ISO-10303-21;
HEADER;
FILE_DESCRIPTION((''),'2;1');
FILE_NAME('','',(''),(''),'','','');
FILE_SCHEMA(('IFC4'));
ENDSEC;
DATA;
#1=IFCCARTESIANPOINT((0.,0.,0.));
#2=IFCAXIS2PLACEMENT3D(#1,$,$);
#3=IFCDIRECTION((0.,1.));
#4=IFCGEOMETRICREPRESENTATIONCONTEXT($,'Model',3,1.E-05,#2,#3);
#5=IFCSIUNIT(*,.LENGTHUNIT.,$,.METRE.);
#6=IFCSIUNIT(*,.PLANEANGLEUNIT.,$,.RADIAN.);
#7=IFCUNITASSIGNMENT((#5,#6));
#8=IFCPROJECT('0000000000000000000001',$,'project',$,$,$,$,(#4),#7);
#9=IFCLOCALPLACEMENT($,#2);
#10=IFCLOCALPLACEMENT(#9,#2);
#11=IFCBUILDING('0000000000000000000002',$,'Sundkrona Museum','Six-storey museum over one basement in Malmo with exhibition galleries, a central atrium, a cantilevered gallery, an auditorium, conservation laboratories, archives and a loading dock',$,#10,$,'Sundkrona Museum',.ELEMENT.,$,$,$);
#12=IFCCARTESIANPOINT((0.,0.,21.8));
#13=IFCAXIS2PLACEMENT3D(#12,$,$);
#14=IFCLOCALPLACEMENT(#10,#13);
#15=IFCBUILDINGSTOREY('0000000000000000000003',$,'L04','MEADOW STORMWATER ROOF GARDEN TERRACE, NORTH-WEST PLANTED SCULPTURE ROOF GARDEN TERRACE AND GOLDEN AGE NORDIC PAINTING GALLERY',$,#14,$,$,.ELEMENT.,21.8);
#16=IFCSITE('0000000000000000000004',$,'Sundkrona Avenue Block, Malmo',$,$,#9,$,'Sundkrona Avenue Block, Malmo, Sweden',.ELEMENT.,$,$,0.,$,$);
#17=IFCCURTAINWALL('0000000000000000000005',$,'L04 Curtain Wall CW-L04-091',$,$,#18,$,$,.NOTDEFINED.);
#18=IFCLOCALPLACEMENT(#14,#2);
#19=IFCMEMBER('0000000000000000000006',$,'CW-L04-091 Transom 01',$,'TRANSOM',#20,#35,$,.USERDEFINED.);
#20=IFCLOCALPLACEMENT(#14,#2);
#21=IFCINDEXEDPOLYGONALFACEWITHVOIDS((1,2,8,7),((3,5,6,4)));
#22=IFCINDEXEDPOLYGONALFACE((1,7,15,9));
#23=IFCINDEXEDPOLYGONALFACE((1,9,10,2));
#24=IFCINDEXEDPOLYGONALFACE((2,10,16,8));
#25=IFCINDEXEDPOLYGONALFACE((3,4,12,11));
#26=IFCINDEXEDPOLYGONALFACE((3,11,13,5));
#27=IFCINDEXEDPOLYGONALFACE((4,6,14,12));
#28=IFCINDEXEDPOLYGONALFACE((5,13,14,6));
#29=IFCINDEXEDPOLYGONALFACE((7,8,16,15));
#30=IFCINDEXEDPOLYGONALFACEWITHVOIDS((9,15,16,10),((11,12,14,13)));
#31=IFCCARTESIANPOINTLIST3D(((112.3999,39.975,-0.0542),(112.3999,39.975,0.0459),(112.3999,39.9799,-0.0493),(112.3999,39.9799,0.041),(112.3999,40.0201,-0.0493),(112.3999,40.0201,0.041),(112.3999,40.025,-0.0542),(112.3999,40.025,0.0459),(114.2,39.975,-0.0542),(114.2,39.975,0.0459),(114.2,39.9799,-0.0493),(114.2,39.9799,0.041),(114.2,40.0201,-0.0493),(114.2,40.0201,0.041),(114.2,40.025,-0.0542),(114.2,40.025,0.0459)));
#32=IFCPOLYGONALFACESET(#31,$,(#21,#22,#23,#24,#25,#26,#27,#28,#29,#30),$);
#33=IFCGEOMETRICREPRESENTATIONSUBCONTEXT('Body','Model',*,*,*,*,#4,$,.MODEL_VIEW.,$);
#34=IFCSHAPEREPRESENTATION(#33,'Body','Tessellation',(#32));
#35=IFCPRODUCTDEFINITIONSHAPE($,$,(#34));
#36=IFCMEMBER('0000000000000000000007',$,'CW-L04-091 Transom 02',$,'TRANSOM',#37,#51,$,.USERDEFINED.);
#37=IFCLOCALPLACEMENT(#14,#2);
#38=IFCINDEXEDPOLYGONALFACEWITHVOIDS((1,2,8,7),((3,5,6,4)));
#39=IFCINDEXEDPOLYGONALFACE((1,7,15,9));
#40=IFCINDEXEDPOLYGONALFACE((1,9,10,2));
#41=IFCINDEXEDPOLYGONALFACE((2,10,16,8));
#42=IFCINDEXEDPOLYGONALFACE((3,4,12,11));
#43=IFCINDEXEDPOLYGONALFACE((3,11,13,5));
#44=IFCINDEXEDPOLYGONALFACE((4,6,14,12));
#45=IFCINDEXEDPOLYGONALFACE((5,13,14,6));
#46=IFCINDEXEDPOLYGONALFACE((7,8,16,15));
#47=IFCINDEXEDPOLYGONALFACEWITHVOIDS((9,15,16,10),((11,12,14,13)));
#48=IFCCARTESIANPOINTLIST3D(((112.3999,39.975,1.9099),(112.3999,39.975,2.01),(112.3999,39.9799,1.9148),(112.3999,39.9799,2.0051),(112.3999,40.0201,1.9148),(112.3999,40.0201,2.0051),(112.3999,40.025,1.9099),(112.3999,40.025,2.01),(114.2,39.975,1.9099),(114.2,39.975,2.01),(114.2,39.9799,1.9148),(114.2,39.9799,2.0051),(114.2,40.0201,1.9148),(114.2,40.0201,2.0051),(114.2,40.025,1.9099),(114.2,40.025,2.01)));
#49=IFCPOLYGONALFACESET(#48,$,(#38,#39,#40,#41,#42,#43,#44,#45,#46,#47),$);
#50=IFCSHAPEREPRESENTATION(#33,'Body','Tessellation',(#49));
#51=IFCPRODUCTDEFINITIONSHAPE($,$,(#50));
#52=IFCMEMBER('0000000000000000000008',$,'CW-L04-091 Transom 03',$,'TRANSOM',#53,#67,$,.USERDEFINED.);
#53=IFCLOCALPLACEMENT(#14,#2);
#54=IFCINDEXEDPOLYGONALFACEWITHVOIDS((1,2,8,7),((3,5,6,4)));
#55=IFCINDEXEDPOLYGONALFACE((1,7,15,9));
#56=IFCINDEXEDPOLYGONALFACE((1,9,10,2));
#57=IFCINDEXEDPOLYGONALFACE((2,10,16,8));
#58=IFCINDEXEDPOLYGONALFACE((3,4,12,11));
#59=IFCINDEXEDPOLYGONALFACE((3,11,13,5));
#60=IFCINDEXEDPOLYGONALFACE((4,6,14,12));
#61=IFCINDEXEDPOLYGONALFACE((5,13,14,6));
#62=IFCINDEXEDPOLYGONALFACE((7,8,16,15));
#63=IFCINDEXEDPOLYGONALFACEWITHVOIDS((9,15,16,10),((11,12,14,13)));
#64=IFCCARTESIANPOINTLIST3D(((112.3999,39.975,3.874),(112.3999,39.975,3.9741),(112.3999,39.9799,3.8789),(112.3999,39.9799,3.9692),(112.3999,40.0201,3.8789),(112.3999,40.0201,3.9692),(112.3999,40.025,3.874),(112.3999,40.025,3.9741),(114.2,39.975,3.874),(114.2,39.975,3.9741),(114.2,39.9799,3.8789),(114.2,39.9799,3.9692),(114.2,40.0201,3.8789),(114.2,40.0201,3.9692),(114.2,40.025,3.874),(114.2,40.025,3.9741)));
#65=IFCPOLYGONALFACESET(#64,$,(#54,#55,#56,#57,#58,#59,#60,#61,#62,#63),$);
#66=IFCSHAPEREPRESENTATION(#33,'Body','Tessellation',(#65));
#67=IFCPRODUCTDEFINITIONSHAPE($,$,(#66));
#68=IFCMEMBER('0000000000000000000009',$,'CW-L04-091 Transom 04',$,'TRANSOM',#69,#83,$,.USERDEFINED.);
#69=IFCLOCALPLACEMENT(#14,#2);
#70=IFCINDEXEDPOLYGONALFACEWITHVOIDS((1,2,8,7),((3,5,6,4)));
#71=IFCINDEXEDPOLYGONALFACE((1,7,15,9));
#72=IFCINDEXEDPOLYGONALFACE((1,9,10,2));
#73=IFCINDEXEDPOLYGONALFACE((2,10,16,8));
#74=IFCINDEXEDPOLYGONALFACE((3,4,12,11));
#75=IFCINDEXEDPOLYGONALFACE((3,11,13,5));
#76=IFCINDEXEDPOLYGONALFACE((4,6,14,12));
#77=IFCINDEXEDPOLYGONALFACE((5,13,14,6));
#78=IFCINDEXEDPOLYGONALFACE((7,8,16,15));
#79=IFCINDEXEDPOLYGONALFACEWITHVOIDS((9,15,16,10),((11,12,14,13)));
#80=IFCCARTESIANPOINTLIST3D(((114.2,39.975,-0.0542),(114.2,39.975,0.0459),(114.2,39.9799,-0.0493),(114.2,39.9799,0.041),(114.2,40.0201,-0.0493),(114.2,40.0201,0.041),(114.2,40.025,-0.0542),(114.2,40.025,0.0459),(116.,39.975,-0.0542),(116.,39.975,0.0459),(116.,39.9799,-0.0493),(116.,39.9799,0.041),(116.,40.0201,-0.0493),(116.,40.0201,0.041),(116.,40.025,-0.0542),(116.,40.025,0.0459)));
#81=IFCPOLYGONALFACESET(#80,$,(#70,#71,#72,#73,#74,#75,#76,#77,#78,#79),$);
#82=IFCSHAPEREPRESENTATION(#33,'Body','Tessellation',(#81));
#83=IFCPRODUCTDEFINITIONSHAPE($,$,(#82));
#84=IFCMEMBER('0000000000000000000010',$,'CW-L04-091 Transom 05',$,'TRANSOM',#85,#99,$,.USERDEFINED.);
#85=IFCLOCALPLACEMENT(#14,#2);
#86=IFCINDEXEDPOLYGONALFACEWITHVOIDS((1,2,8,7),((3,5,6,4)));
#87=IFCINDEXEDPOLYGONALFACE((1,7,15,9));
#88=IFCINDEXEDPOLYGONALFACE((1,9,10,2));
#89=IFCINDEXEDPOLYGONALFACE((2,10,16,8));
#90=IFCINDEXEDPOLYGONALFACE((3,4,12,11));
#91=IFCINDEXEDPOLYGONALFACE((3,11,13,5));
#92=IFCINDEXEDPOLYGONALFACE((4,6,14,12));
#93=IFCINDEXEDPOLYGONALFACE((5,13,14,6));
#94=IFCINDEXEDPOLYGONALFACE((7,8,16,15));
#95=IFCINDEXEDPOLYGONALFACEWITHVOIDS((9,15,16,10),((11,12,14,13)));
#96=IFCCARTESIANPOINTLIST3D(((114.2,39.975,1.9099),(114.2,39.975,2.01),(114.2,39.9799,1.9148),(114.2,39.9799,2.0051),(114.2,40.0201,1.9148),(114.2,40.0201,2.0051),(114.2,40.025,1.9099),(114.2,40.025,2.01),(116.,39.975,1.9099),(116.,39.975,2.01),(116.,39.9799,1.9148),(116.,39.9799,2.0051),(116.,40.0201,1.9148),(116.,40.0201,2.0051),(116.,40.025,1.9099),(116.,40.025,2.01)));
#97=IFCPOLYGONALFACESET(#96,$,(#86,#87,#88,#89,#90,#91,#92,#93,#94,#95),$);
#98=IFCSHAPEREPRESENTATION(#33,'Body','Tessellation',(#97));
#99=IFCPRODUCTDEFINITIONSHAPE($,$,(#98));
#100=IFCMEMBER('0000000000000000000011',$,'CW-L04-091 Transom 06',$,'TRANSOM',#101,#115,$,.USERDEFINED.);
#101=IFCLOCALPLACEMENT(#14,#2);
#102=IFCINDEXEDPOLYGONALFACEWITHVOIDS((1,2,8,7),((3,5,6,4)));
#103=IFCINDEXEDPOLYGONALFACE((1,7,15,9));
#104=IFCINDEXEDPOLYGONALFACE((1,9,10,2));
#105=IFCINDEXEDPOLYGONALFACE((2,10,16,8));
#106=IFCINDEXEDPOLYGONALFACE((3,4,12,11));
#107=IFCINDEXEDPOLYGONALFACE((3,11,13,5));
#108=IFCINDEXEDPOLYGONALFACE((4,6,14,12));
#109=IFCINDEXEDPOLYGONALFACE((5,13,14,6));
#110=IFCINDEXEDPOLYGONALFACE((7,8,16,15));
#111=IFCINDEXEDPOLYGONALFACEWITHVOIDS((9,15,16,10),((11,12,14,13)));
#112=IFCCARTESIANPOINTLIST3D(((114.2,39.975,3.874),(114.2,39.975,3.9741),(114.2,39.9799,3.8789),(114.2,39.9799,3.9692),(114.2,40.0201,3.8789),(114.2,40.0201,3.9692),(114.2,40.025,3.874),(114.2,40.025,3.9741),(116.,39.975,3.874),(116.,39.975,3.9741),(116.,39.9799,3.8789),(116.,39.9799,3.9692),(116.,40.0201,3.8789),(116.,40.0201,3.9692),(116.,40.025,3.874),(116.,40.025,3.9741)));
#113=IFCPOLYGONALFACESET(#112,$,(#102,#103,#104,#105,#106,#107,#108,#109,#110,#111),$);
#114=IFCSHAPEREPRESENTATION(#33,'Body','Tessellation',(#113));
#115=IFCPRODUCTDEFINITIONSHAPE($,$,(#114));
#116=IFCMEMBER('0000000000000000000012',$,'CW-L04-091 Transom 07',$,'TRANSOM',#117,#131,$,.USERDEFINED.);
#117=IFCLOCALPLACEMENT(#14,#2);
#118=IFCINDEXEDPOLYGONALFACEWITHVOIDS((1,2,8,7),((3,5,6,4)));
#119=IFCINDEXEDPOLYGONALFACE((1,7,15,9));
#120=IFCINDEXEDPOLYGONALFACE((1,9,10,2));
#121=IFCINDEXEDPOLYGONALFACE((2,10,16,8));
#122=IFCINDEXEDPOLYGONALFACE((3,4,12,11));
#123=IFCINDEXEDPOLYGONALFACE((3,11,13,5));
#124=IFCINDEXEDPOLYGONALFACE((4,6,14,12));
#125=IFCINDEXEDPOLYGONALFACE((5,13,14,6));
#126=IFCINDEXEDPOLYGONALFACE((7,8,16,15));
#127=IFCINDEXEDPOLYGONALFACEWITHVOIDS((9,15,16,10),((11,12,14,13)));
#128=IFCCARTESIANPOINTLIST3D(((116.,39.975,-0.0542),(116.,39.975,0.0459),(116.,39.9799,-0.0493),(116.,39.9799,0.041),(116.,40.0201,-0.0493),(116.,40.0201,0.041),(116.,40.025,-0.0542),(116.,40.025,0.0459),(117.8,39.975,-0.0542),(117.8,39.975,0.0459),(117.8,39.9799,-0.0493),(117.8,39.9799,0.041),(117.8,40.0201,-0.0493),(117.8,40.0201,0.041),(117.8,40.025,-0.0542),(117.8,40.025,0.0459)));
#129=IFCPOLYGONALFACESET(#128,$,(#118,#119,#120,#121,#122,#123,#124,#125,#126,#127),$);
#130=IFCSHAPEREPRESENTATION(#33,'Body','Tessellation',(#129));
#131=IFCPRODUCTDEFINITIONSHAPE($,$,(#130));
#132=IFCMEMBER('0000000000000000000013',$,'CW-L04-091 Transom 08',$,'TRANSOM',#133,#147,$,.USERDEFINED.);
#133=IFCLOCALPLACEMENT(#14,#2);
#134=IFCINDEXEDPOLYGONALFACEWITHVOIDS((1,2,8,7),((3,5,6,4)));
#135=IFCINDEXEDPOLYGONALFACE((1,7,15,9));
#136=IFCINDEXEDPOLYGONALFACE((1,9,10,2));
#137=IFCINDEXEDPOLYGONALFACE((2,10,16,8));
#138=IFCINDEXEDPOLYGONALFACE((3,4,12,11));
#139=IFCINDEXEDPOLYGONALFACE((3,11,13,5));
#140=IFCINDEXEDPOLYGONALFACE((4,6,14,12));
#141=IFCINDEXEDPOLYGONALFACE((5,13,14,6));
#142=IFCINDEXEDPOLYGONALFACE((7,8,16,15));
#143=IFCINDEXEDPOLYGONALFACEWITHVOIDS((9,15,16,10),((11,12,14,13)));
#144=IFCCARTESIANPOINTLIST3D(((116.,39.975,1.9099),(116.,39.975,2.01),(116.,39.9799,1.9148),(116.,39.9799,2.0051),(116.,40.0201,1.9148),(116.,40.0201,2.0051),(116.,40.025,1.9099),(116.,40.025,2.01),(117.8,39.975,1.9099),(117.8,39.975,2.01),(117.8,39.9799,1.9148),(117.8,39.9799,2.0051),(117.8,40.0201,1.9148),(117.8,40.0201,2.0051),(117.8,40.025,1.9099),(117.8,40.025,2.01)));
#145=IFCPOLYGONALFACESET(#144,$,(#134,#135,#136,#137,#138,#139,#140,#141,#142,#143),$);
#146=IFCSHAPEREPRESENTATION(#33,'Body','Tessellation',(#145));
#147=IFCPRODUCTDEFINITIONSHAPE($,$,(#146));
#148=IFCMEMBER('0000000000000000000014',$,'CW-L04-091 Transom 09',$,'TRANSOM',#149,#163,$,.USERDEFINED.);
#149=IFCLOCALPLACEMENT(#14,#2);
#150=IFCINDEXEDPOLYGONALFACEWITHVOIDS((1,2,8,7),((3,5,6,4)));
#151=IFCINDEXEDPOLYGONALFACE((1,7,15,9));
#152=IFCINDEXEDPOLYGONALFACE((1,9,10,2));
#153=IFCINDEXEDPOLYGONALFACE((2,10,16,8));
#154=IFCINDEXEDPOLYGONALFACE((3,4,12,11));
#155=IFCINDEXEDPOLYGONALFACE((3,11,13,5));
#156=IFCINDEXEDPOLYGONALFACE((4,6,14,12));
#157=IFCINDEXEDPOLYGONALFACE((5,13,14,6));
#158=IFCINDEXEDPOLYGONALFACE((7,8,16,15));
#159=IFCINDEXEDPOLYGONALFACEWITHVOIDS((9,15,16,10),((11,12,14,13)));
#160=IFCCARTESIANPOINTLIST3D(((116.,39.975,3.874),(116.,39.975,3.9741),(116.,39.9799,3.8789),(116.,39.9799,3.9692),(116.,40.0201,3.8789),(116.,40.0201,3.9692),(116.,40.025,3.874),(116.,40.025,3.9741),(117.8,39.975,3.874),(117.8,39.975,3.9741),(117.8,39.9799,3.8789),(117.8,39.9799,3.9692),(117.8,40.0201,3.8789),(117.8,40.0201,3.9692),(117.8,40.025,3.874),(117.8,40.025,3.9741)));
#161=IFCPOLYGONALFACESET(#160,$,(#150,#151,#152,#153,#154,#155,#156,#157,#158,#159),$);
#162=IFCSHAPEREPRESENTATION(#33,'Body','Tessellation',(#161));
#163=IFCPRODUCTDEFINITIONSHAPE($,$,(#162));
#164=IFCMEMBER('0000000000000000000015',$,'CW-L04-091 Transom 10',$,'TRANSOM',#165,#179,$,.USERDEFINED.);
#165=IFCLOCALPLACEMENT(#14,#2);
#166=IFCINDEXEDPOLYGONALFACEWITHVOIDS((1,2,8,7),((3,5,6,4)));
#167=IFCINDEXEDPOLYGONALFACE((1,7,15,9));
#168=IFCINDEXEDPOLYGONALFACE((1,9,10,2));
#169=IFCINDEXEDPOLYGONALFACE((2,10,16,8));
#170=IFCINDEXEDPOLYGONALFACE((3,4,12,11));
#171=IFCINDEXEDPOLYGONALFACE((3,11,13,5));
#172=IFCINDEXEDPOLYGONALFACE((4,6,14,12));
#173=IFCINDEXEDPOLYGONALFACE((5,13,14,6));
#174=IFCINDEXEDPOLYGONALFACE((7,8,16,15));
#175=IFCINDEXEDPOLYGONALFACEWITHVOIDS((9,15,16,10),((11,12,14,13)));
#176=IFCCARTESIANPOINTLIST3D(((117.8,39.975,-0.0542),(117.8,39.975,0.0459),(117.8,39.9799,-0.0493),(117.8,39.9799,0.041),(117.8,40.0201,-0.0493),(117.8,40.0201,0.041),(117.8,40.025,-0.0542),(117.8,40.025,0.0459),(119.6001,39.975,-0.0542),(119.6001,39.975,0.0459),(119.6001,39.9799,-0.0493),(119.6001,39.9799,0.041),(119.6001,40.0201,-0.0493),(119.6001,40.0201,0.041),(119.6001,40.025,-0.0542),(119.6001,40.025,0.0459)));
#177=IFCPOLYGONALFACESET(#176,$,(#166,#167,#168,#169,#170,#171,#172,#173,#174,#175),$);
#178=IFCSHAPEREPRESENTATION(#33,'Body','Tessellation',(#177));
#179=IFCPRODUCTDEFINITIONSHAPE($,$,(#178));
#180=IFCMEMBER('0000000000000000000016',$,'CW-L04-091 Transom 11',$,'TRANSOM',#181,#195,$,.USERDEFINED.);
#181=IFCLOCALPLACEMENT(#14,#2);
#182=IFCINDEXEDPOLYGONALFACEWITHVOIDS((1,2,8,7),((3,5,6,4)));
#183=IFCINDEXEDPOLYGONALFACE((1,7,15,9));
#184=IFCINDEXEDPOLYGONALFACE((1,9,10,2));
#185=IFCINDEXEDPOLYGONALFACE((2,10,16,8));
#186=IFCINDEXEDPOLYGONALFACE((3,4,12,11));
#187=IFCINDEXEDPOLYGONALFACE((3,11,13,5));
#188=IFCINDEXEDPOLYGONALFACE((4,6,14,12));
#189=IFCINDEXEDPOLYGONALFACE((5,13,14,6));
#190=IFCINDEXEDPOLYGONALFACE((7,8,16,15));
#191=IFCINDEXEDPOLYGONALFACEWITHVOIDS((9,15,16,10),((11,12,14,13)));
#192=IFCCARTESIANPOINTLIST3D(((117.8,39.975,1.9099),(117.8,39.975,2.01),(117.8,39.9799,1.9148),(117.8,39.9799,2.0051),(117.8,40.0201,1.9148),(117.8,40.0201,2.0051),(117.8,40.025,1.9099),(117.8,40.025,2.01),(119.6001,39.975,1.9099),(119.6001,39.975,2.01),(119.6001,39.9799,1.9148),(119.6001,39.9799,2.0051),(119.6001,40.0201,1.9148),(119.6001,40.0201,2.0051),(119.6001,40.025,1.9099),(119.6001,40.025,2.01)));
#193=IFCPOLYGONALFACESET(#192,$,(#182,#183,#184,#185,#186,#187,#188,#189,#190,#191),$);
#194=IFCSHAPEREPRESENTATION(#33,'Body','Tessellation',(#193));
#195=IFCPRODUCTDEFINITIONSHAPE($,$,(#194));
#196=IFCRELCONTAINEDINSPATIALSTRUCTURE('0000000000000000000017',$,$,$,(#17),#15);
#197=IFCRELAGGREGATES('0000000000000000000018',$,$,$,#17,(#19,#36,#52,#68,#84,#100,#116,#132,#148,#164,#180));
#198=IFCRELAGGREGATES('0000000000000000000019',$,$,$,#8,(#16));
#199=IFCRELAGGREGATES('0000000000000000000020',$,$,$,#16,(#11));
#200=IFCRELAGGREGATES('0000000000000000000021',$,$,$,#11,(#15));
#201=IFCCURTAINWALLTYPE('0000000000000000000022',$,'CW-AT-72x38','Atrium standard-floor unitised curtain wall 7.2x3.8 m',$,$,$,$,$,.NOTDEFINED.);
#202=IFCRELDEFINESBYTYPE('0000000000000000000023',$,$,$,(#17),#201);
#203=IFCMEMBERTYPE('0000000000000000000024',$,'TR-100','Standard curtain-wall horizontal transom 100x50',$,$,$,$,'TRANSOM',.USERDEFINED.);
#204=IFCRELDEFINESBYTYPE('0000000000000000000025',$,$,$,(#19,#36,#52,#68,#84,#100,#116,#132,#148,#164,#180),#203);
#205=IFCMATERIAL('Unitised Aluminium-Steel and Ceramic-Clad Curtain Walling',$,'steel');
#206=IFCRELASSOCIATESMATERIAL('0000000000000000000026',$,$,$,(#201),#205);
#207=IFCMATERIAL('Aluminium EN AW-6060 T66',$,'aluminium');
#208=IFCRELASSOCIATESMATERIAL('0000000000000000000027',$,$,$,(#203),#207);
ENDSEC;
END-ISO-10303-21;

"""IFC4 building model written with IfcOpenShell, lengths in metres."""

from ifc_helpers import new_model, si_unit, direction, frame, origin, origin_2d, place, context, subcontext, project, spatial, hollow_rectangle, extrude, material, material_profile, profile_set, type_object, element, aggregate, save


model = new_model("IFC4")

# Units and contexts
model_context = context("Model", 3, precision=1e-05, world=origin(), true_north=direction((0.0, 1.0)))
body_context = subcontext(model_context, "Body", "Model", "MODEL_VIEW")
ifc_project = project(units=[si_unit("LENGTHUNIT", "METRE"), si_unit("PLANEANGLEUNIT", "RADIAN")], contexts=[model_context])

# Site, building, storey
site_placement = place(None, origin())
site = spatial("IfcSite", under=ifc_project, at=site_placement, Name="Sundkrona Avenue Block, Malmo", LongName="Sundkrona Avenue Block, Malmo, Sweden", CompositionType="ELEMENT", RefElevation=0.0)
building_placement = place(site_placement, origin())
building = spatial("IfcBuilding", under=site, at=building_placement, Name="Sundkrona Museum", Description="Six-storey museum over one basement in Malmo with exhibition galleries, a central atrium, a cantilevered gallery, an auditorium, conservation laboratories, archives and a loading dock", LongName="Sundkrona Museum", CompositionType="ELEMENT")
storey_placement = place(building_placement, frame((0.0, 0.0, 21.8)))
storey = spatial("IfcBuildingStorey", under=building, at=storey_placement, Name="L04", Description="MEADOW STORMWATER ROOF GARDEN TERRACE, NORTH-WEST PLANTED SCULPTURE ROOF GARDEN TERRACE AND GOLDEN AGE NORDIC PAINTING GALLERY", CompositionType="ELEMENT", Elevation=21.8)

# Curtain wall
ifc_material_1 = material(Name="Unitised Aluminium-Steel and Ceramic-Clad Curtain Walling", Category="steel")
curtain_wall_type = type_object("IfcCurtainWallType", Name="CW-AT-72x38", Description="Atrium standard-floor unitised curtain wall 7.2x3.8 m", PredefinedType="NOTDEFINED", material=ifc_material_1)
curtain_wall_placement = place(storey_placement, origin())
curtain_wall = element("IfcCurtainWall", 1, at=curtain_wall_placement, inside=storey, type_object=curtain_wall_type, Name="L04 Curtain Wall CW-L04-091", PredefinedType="NOTDEFINED")
ifc_material_2 = material(Name="Aluminium EN AW-6060 T66", Category="aluminium")

# Members
ifc_material_profile_1 = material_profile(ifc_material_2, hollow_rectangle(XDim=0.05, YDim=0.1001, WallThickness=0.0049, at=origin_2d()), Name="RHS 100x50x5.0")
ifc_profile_set_1 = profile_set([ifc_material_profile_1], Name="Aluminium EN AW-6060 T66")
member_type_1 = type_object("IfcMemberType", Name="TR-100", Description="Standard curtain-wall horizontal transom 100x50", ElementType="TRANSOM", PredefinedType="USERDEFINED", material=ifc_profile_set_1)
member_1_placement = place(storey_placement, frame((112.3999, 40.0, -0.0042), z_axis=(1.0, 0.0, 0.0), x_axis=(0.0, 1.0, 0.0)))
member_1 = element("IfcMember", 2, at=member_1_placement, type_object=member_type_1, Name="CW-L04-091 Transom 01", ObjectType="TRANSOM", PredefinedType="USERDEFINED", context=body_context, shape_type="SweptSolid", body=[
    extrude(hollow_rectangle(XDim=0.05, YDim=0.1001, WallThickness=0.0049, at=origin_2d()), origin(), (0.0, 0.0, 1.0), 1.8),
])
member_2_placement = place(storey_placement, frame((112.3999, 40.0, 1.96), z_axis=(1.0, 0.0, 0.0), x_axis=(0.0, 1.0, 0.0)))
member_2 = element("IfcMember", 3, at=member_2_placement, type_object=member_type_1, Name="CW-L04-091 Transom 02", ObjectType="TRANSOM", PredefinedType="USERDEFINED", context=body_context, shape_type="SweptSolid", body=[
    extrude(hollow_rectangle(XDim=0.05, YDim=0.1001, WallThickness=0.0049, at=origin_2d()), origin(), (0.0, 0.0, 1.0), 1.8),
])
member_3_placement = place(storey_placement, frame((112.3999, 40.0, 3.9241), z_axis=(1.0, 0.0, 0.0), x_axis=(0.0, 1.0, 0.0)))
member_3 = element("IfcMember", 4, at=member_3_placement, type_object=member_type_1, Name="CW-L04-091 Transom 03", ObjectType="TRANSOM", PredefinedType="USERDEFINED", context=body_context, shape_type="SweptSolid", body=[
    extrude(hollow_rectangle(XDim=0.05, YDim=0.1001, WallThickness=0.0049, at=origin_2d()), origin(), (0.0, 0.0, 1.0), 1.8),
])
member_4_placement = place(storey_placement, frame((114.2, 40.0, -0.0042), z_axis=(1.0, 0.0, 0.0), x_axis=(0.0, 1.0, 0.0)))
member_4 = element("IfcMember", 5, at=member_4_placement, type_object=member_type_1, Name="CW-L04-091 Transom 04", ObjectType="TRANSOM", PredefinedType="USERDEFINED", context=body_context, shape_type="SweptSolid", body=[
    extrude(hollow_rectangle(XDim=0.05, YDim=0.1001, WallThickness=0.0049, at=origin_2d()), origin(), (0.0, 0.0, 1.0), 1.8),
])
member_5_placement = place(storey_placement, frame((114.2, 40.0, 1.96), z_axis=(1.0, 0.0, 0.0), x_axis=(0.0, 1.0, 0.0)))
member_5 = element("IfcMember", 6, at=member_5_placement, type_object=member_type_1, Name="CW-L04-091 Transom 05", ObjectType="TRANSOM", PredefinedType="USERDEFINED", context=body_context, shape_type="SweptSolid", body=[
    extrude(hollow_rectangle(XDim=0.05, YDim=0.1001, WallThickness=0.0049, at=origin_2d()), origin(), (0.0, 0.0, 1.0), 1.8),
])
member_6_placement = place(storey_placement, frame((114.2, 40.0, 3.9241), z_axis=(1.0, 0.0, 0.0), x_axis=(0.0, 1.0, 0.0)))
member_6 = element("IfcMember", 7, at=member_6_placement, type_object=member_type_1, Name="CW-L04-091 Transom 06", ObjectType="TRANSOM", PredefinedType="USERDEFINED", context=body_context, shape_type="SweptSolid", body=[
    extrude(hollow_rectangle(XDim=0.05, YDim=0.1001, WallThickness=0.0049, at=origin_2d()), origin(), (0.0, 0.0, 1.0), 1.8),
])
member_7_placement = place(storey_placement, frame((116.0, 40.0, -0.0042), z_axis=(1.0, 0.0, 0.0), x_axis=(0.0, 1.0, 0.0)))
member_7 = element("IfcMember", 8, at=member_7_placement, type_object=member_type_1, Name="CW-L04-091 Transom 07", ObjectType="TRANSOM", PredefinedType="USERDEFINED", context=body_context, shape_type="SweptSolid", body=[
    extrude(hollow_rectangle(XDim=0.05, YDim=0.1001, WallThickness=0.0049, at=origin_2d()), origin(), (0.0, 0.0, 1.0), 1.8),
])
member_8_placement = place(storey_placement, frame((116.0, 40.0, 1.96), z_axis=(1.0, 0.0, 0.0), x_axis=(0.0, 1.0, 0.0)))
member_8 = element("IfcMember", 9, at=member_8_placement, type_object=member_type_1, Name="CW-L04-091 Transom 08", ObjectType="TRANSOM", PredefinedType="USERDEFINED", context=body_context, shape_type="SweptSolid", body=[
    extrude(hollow_rectangle(XDim=0.05, YDim=0.1001, WallThickness=0.0049, at=origin_2d()), origin(), (0.0, 0.0, 1.0), 1.8),
])
member_9_placement = place(storey_placement, frame((116.0, 40.0, 3.9241), z_axis=(1.0, 0.0, 0.0), x_axis=(0.0, 1.0, 0.0)))
member_9 = element("IfcMember", 10, at=member_9_placement, type_object=member_type_1, Name="CW-L04-091 Transom 09", ObjectType="TRANSOM", PredefinedType="USERDEFINED", context=body_context, shape_type="SweptSolid", body=[
    extrude(hollow_rectangle(XDim=0.05, YDim=0.1001, WallThickness=0.0049, at=origin_2d()), origin(), (0.0, 0.0, 1.0), 1.8),
])
member_10_placement = place(storey_placement, frame((117.8, 40.0, -0.0042), z_axis=(1.0, 0.0, 0.0), x_axis=(0.0, 1.0, 0.0)))
member_10 = element("IfcMember", 11, at=member_10_placement, type_object=member_type_1, Name="CW-L04-091 Transom 10", ObjectType="TRANSOM", PredefinedType="USERDEFINED", context=body_context, shape_type="SweptSolid", body=[
    extrude(hollow_rectangle(XDim=0.05, YDim=0.1001, WallThickness=0.0049, at=origin_2d()), origin(), (0.0, 0.0, 1.0), 1.8),
])
member_11_placement = place(storey_placement, frame((117.8, 40.0, 1.96), z_axis=(1.0, 0.0, 0.0), x_axis=(0.0, 1.0, 0.0)))
member_11 = element("IfcMember", 12, at=member_11_placement, type_object=member_type_1, Name="CW-L04-091 Transom 11", ObjectType="TRANSOM", PredefinedType="USERDEFINED", context=body_context, shape_type="SweptSolid", body=[
    extrude(hollow_rectangle(XDim=0.05, YDim=0.1001, WallThickness=0.0049, at=origin_2d()), origin(), (0.0, 0.0, 1.0), 1.8),
])

aggregate(curtain_wall, [member_1, member_2, member_3, member_4, member_5, member_6, member_7, member_8, member_9, member_10, member_11])

save(model, "model.ifc")
